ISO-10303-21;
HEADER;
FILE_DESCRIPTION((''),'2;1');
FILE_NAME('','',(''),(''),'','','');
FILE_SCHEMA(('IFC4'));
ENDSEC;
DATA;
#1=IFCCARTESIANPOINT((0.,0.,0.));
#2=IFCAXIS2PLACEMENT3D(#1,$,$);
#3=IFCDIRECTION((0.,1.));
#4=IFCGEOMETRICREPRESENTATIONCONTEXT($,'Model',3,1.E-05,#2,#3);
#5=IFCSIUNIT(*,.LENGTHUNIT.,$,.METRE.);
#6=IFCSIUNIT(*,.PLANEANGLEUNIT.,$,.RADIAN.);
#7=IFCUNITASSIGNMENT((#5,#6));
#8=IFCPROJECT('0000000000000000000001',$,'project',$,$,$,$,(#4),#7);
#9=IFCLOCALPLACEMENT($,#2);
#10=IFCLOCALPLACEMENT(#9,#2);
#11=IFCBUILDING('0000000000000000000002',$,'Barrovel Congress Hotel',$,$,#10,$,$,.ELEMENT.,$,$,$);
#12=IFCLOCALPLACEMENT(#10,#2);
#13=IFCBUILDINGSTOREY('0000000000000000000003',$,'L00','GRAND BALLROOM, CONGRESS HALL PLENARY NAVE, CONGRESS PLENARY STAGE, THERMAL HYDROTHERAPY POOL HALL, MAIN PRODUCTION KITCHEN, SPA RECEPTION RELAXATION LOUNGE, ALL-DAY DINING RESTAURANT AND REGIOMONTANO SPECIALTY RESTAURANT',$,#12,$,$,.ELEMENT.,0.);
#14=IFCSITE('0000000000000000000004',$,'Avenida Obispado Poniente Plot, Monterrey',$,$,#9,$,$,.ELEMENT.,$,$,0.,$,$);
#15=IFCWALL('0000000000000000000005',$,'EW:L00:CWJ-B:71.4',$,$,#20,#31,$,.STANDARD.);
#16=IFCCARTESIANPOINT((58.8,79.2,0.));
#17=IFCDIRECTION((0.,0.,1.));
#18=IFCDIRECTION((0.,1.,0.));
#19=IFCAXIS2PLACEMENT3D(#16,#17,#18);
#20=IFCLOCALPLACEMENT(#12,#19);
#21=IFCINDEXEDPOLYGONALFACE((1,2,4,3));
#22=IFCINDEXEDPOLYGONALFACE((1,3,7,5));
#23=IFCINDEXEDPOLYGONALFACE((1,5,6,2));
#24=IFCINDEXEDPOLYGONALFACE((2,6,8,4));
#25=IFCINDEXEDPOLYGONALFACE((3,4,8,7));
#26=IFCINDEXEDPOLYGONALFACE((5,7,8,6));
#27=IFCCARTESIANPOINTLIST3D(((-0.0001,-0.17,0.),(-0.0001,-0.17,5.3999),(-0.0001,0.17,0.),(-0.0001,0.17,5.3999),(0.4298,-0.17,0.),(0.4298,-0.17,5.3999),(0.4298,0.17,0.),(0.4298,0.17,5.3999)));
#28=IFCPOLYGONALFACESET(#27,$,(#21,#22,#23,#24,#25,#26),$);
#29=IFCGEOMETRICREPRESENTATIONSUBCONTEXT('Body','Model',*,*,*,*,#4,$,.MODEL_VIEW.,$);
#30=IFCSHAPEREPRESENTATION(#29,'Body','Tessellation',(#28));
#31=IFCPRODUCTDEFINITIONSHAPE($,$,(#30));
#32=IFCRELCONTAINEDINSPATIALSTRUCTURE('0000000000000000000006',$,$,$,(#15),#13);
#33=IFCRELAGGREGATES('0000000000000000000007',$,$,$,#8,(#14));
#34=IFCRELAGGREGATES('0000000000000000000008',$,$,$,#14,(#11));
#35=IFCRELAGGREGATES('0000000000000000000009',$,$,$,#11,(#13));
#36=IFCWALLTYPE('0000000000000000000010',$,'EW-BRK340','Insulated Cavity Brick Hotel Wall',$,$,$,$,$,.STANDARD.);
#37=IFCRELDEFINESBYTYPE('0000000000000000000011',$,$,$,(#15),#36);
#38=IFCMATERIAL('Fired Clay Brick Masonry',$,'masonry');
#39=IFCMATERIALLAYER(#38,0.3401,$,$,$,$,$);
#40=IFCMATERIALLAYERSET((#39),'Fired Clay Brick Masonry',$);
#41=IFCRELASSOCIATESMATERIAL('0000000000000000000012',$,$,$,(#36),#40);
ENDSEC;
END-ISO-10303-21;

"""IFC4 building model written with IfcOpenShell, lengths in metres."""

from ifc_helpers import new_model, si_unit, direction, frame, frame_2d, origin, place, context, subcontext, project, spatial, rectangle, extrude, material, layer, layer_set, type_object, element, save


model = new_model("IFC4")

# Units and contexts
model_context = context("Model", 3, precision=1e-05, world=origin(), true_north=direction((0.0, 1.0)))
body_context = subcontext(model_context, "Body", "Model", "MODEL_VIEW")
ifc_project = project(units=[si_unit("LENGTHUNIT", "METRE"), si_unit("PLANEANGLEUNIT", "RADIAN")], contexts=[model_context])

# Site, building, storey
site_placement = place(None, origin())
site = spatial("IfcSite", under=ifc_project, at=site_placement, Name="Avenida Obispado Poniente Plot, Monterrey", CompositionType="ELEMENT", RefElevation=0.0)
building_placement = place(site_placement, origin())
building = spatial("IfcBuilding", under=site, at=building_placement, Name="Barrovel Congress Hotel", CompositionType="ELEMENT")
storey_placement = place(building_placement, origin())
storey = spatial("IfcBuildingStorey", under=building, at=storey_placement, Name="L00", Description="GRAND BALLROOM, CONGRESS HALL PLENARY NAVE, CONGRESS PLENARY STAGE, THERMAL HYDROTHERAPY POOL HALL, MAIN PRODUCTION KITCHEN, SPA RECEPTION RELAXATION LOUNGE, ALL-DAY DINING RESTAURANT AND REGIOMONTANO SPECIALTY RESTAURANT", CompositionType="ELEMENT", Elevation=0.0)

# Wall
ifc_material_1 = material(Name="Fired Clay Brick Masonry", Category="masonry")
ifc_layer_1 = layer(ifc_material_1, 0.3401)
ifc_layer_set_1 = layer_set([ifc_layer_1], Name="Fired Clay Brick Masonry")
wall_type = type_object("IfcWallType", Name="EW-BRK340", Description="Insulated Cavity Brick Hotel Wall", PredefinedType="STANDARD", material=ifc_layer_set_1)
wall_1_placement = place(storey_placement, frame((58.8, 79.2, 0.0), z_axis=(0.0, 0.0, 1.0), x_axis=(0.0, 1.0, 0.0)))
element("IfcWall", 1, at=wall_1_placement, inside=storey, type_object=wall_type, Name="EW:L00:CWJ-B:71.4", PredefinedType="STANDARD", context=body_context, shape_type="SweptSolid", body=[
    extrude(rectangle(XDim=0.4299, YDim=0.3401, at=frame_2d((0.2148, 0.0))), origin(), (0.0, 0.0, 1.0), 5.3999),
])

save(model, "model.ifc")
